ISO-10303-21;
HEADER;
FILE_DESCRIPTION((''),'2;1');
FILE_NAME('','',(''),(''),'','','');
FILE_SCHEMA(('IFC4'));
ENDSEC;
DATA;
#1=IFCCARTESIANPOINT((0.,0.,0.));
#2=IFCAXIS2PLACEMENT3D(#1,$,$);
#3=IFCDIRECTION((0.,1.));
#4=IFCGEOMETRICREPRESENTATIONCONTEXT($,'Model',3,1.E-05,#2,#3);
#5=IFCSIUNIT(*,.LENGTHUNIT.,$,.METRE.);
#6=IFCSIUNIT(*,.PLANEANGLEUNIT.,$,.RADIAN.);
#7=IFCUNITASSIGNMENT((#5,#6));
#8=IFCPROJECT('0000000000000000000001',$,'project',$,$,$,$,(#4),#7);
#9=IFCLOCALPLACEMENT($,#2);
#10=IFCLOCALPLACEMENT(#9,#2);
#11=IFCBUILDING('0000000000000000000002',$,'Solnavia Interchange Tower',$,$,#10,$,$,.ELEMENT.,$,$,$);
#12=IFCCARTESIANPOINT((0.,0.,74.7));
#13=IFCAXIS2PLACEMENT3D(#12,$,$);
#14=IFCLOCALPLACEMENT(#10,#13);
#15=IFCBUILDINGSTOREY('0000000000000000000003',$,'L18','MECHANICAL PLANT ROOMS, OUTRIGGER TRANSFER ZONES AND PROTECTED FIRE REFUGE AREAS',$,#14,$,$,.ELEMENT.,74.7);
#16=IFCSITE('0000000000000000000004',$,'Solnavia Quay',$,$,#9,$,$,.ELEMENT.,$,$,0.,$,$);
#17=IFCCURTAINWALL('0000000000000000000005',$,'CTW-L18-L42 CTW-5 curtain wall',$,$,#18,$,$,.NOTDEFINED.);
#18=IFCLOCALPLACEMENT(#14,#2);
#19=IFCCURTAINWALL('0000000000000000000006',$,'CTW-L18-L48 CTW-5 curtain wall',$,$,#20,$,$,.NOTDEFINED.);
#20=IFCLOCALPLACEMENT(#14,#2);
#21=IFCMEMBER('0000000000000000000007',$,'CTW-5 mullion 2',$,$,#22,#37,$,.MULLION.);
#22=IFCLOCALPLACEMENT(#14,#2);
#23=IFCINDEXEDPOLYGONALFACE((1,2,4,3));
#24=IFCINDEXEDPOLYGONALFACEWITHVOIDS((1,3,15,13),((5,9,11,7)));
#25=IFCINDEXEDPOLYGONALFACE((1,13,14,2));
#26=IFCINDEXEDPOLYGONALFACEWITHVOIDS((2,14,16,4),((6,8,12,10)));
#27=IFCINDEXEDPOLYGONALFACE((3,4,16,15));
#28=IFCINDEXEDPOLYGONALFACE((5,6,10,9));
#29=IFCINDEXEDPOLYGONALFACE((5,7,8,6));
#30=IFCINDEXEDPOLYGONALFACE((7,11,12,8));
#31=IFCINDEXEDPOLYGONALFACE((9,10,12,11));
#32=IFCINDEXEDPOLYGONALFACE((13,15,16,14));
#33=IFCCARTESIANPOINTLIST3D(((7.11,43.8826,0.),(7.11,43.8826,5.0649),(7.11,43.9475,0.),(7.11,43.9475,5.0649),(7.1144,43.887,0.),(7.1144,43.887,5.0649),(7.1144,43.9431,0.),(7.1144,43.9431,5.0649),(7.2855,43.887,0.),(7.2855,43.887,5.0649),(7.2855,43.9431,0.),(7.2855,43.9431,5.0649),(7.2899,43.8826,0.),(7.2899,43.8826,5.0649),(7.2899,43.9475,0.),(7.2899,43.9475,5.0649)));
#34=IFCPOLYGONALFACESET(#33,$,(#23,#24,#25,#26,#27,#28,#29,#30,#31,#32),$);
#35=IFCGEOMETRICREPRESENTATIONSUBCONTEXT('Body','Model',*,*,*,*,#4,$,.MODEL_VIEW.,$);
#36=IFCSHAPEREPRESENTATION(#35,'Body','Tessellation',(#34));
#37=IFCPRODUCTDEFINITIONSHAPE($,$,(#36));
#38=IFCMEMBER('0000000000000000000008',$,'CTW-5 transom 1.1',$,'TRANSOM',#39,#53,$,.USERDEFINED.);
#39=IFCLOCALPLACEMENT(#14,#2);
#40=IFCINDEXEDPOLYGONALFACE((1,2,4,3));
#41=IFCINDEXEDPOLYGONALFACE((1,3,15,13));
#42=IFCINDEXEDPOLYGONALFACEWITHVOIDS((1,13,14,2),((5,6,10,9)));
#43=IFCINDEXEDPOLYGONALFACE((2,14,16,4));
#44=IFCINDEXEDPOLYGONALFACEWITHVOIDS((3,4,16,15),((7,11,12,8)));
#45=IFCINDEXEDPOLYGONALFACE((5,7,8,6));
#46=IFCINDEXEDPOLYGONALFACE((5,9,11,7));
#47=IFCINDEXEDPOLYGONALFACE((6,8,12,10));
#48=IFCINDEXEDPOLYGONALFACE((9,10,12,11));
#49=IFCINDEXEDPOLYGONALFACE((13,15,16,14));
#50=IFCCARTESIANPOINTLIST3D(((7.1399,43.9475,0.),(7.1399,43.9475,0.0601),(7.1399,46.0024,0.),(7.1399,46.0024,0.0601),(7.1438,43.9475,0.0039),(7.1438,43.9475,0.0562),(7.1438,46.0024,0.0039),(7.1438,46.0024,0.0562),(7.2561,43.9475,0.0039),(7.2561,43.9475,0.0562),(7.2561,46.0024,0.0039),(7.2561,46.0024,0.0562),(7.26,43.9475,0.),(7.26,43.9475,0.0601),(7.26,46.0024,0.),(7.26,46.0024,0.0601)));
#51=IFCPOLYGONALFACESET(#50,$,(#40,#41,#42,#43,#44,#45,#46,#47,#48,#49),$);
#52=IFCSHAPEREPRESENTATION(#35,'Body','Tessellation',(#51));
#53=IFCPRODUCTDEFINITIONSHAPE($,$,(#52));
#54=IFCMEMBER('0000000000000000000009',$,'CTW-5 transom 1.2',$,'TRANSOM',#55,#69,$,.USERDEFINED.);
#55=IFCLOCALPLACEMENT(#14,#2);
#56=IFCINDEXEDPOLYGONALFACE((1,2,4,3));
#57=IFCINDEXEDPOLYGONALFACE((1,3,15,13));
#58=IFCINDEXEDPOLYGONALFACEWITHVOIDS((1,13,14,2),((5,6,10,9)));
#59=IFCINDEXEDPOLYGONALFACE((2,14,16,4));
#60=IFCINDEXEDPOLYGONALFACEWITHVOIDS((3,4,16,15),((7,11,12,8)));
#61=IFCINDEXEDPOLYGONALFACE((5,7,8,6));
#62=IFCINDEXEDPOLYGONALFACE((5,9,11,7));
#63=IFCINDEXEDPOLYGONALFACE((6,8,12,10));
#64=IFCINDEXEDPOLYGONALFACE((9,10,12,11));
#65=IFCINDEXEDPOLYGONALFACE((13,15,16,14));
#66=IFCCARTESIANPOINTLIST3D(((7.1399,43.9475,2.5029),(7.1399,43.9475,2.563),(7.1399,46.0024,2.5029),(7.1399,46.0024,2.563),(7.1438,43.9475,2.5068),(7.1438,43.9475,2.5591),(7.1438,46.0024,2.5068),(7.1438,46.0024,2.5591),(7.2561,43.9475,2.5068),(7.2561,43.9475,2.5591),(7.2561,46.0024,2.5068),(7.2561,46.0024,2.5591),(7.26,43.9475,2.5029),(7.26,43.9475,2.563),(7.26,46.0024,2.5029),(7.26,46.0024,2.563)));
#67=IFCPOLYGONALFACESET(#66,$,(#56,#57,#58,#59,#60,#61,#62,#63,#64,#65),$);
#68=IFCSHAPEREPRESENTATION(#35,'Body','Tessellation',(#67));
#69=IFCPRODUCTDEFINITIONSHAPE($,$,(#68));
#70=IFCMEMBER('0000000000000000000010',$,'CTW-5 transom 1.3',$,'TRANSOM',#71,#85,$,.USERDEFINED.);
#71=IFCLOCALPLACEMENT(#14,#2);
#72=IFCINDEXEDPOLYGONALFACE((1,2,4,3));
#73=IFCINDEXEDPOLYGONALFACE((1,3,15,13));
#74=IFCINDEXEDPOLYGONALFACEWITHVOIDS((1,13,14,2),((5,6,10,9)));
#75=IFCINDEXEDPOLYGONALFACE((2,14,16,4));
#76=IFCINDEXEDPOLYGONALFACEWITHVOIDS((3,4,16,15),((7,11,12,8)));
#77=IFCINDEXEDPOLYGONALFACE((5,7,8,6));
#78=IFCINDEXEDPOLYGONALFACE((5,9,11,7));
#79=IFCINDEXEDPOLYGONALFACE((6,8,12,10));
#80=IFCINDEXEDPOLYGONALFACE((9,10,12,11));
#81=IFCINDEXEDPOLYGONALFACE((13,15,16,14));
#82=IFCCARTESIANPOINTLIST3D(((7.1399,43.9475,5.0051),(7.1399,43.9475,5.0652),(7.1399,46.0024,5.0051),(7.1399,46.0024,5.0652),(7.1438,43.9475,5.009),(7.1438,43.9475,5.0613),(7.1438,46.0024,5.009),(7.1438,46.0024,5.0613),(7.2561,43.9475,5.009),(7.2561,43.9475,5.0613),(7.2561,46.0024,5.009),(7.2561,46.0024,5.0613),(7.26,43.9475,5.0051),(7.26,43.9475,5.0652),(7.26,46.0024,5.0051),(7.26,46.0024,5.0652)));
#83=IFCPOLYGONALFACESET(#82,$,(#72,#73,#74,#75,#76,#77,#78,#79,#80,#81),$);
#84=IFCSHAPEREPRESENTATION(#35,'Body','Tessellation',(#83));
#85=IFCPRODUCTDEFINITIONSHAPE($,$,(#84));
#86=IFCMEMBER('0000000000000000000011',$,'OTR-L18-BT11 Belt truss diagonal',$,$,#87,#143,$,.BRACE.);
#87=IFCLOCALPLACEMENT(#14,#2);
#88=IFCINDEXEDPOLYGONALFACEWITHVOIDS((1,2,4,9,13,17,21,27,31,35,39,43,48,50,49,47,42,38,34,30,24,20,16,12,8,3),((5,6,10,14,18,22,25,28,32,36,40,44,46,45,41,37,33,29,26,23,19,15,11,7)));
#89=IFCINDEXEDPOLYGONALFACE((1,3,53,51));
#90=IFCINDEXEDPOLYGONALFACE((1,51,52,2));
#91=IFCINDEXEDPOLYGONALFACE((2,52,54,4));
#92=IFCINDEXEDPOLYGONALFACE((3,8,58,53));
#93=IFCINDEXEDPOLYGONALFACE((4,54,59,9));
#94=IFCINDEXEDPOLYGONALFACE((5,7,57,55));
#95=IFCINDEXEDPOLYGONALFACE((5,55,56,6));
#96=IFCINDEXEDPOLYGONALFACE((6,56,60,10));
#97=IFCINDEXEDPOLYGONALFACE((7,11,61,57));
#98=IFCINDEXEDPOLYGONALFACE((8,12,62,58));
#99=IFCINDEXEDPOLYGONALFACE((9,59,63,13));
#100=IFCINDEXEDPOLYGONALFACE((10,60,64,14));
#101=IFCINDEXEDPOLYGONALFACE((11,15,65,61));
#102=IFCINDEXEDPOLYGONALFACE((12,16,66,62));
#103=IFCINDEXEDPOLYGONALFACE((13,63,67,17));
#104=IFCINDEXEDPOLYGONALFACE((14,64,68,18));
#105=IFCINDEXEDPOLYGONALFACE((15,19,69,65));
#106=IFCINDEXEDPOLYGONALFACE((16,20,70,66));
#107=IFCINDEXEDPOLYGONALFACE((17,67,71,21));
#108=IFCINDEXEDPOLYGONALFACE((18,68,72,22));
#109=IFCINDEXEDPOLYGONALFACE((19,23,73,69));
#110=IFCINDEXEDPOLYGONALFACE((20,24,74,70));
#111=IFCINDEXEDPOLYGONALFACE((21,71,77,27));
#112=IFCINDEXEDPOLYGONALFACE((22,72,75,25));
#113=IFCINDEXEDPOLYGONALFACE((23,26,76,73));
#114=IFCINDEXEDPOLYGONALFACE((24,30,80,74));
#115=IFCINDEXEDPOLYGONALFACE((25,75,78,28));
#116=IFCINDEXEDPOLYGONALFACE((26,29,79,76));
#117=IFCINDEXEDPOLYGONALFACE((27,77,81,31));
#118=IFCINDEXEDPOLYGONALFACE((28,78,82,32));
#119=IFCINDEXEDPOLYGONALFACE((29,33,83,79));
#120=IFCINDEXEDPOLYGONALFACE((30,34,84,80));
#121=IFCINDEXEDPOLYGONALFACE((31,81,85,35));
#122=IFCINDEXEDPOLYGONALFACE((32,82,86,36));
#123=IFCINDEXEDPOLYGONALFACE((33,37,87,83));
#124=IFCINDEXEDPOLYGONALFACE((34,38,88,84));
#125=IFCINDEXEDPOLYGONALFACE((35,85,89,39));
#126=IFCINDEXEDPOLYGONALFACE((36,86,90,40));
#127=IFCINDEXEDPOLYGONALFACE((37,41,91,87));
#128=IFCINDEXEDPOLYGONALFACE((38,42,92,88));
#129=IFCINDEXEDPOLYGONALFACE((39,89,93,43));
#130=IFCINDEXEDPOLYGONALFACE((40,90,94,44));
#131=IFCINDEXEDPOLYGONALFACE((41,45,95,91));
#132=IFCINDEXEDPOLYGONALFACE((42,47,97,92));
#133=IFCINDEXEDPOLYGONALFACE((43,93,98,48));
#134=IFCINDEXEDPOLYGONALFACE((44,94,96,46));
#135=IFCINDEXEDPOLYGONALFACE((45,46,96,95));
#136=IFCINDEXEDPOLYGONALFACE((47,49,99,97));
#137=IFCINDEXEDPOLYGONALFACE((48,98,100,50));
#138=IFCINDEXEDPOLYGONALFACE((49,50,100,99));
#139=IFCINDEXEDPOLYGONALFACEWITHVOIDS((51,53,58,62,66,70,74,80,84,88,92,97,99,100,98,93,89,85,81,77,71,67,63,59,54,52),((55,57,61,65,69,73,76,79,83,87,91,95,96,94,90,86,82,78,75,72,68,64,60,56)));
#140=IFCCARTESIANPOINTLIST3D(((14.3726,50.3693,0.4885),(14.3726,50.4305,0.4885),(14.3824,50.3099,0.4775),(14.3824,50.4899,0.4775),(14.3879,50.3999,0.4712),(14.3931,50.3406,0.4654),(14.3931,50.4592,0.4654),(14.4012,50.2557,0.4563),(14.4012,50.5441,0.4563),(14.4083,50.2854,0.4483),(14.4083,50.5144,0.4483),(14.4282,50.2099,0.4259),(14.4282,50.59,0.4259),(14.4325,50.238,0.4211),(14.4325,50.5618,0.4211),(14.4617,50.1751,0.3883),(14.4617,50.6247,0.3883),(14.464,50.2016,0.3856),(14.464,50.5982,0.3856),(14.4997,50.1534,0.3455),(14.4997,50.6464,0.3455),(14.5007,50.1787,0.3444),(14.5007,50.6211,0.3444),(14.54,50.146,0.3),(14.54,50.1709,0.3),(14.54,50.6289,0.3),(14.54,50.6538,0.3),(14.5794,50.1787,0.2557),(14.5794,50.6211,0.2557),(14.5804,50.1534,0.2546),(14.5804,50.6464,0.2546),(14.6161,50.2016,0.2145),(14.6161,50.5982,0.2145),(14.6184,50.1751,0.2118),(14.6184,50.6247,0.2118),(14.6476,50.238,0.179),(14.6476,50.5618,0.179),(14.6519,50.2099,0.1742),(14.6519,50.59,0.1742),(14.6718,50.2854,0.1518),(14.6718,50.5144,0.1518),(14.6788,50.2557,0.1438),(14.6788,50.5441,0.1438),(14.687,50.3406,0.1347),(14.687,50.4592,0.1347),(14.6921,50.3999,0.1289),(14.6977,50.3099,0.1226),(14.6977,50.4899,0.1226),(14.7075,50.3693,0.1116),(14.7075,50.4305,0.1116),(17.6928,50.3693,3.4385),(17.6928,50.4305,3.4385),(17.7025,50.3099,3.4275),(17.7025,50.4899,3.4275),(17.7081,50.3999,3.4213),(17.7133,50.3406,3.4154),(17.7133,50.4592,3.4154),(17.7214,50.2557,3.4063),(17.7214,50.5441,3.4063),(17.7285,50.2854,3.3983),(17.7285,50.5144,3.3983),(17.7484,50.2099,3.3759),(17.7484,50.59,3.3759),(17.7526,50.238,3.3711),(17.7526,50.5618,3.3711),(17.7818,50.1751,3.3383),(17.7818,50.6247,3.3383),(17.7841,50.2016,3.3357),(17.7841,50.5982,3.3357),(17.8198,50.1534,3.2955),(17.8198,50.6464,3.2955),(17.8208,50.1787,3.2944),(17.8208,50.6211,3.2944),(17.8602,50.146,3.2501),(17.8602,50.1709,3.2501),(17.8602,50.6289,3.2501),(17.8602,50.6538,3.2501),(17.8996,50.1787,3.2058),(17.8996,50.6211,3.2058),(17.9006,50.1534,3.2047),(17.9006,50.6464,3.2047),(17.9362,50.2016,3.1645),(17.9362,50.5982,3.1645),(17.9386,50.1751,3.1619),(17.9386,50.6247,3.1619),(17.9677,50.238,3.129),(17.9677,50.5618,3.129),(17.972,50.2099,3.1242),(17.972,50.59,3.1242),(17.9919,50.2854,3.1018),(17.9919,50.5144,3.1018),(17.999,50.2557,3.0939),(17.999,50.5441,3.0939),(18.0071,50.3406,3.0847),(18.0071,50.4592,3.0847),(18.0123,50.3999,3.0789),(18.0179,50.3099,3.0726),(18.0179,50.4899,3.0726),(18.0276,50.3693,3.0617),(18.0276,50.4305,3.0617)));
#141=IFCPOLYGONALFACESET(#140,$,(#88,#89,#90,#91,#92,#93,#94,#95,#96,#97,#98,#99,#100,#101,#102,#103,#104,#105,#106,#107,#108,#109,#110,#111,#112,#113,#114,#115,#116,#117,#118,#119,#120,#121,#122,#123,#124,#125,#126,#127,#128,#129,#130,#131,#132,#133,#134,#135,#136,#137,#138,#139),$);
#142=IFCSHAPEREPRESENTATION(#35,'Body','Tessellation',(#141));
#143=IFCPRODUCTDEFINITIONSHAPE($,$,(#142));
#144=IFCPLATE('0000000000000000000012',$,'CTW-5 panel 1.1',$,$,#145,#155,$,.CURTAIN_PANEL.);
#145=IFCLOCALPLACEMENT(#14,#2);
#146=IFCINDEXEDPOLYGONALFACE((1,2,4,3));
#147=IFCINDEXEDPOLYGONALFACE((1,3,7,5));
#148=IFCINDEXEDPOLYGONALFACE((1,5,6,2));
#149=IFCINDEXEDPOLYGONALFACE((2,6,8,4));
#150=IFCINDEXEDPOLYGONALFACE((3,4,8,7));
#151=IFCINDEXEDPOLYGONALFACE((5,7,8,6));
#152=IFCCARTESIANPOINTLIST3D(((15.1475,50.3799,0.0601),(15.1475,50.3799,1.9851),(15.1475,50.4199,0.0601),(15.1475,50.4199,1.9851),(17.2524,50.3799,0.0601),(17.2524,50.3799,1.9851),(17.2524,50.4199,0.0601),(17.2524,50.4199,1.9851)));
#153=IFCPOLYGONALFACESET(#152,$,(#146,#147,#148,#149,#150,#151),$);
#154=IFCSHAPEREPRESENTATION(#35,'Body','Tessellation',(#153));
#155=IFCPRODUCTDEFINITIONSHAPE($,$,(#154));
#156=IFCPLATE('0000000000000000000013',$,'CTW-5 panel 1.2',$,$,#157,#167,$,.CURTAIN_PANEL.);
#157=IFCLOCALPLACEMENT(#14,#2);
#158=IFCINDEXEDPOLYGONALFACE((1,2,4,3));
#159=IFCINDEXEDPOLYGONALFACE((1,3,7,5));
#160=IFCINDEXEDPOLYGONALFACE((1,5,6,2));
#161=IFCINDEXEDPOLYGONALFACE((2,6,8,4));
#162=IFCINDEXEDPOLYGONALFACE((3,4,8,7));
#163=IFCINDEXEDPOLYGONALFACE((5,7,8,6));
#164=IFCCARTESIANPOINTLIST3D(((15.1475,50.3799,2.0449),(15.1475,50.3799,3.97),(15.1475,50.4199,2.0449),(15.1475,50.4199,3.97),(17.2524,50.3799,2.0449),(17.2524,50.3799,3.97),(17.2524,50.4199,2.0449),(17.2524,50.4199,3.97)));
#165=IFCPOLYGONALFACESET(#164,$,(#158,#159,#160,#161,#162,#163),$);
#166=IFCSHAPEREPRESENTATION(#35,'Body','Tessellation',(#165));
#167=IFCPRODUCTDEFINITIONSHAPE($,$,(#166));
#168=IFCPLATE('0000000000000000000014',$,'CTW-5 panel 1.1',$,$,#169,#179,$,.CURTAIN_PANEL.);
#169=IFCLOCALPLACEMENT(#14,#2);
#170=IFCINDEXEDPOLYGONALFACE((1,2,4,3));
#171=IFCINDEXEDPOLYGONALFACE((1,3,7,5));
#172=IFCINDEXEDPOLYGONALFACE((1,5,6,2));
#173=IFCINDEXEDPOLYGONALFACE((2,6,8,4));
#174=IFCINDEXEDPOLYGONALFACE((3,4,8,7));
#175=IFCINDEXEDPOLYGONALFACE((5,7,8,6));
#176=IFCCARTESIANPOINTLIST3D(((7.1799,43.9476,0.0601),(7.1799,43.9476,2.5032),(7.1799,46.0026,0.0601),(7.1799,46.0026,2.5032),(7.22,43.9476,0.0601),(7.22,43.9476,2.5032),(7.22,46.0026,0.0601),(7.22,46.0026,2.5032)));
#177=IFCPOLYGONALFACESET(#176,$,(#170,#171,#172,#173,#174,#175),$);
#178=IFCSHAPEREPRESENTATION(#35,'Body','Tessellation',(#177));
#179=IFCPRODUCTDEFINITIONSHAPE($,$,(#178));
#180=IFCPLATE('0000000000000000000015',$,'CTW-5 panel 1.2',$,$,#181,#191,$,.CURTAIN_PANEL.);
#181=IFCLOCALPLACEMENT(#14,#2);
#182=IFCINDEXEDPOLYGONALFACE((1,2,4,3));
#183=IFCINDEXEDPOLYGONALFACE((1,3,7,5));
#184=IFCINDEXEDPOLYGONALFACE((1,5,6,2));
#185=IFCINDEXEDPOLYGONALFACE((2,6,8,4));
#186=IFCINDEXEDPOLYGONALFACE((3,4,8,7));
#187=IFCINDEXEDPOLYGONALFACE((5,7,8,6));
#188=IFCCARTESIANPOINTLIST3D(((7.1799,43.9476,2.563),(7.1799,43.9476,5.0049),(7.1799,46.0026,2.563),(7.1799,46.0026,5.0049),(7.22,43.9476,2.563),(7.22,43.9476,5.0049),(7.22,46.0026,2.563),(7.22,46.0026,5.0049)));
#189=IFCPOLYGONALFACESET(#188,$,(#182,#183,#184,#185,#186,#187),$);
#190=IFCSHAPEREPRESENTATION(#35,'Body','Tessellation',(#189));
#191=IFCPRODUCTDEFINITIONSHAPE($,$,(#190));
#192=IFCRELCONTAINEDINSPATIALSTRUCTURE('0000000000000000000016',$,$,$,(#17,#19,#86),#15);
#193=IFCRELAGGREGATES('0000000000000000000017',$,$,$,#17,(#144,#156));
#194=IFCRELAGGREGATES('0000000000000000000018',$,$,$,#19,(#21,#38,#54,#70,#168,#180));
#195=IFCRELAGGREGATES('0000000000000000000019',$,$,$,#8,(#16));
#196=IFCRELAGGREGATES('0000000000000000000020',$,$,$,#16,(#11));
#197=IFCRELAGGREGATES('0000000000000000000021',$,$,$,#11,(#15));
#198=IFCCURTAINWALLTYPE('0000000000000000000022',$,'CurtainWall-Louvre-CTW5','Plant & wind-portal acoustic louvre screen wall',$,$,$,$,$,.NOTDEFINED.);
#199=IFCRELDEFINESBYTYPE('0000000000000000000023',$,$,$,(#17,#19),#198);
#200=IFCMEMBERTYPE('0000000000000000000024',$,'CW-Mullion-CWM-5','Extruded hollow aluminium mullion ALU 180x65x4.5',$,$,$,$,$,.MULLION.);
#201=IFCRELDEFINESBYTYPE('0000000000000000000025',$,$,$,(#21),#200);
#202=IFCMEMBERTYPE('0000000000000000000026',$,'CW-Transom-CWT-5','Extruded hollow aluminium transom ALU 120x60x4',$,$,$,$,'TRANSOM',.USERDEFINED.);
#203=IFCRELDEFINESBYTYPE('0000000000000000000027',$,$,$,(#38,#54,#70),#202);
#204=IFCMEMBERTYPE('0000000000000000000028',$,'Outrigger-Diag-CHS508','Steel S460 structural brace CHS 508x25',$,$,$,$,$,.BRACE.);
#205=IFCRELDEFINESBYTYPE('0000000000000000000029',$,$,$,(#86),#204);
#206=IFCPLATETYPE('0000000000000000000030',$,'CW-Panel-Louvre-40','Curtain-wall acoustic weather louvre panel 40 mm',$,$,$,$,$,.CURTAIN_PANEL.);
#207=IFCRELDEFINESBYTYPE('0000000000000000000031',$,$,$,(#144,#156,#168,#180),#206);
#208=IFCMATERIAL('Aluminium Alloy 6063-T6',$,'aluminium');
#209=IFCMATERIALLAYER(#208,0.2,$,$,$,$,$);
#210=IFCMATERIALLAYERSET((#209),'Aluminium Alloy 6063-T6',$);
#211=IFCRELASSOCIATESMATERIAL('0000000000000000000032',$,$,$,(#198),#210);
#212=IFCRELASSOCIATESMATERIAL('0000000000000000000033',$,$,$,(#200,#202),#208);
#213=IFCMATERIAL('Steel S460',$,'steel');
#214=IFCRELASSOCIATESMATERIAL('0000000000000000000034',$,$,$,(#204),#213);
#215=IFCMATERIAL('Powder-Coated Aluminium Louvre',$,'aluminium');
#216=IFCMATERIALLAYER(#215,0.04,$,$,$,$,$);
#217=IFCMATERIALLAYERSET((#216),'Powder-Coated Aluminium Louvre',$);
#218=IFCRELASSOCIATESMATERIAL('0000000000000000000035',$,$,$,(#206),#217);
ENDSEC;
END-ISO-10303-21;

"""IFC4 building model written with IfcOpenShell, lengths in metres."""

from ifc_helpers import new_model, si_unit, direction, frame, origin, origin_2d, place, context, subcontext, project, spatial, rectangle, hollow_rectangle, hollow_circle, extrude, material, layer, layer_set, material_profile, profile_set, type_object, element, aggregate, save


model = new_model("IFC4")

# Units and contexts
model_context = context("Model", 3, precision=1e-05, world=origin(), true_north=direction((0.0, 1.0)))
body_context = subcontext(model_context, "Body", "Model", "MODEL_VIEW")
ifc_project = project(units=[si_unit("LENGTHUNIT", "METRE"), si_unit("PLANEANGLEUNIT", "RADIAN")], contexts=[model_context])

# Site, building, storey
site_placement = place(None, origin())
site = spatial("IfcSite", under=ifc_project, at=site_placement, Name="Solnavia Quay", CompositionType="ELEMENT", RefElevation=0.0)
building_placement = place(site_placement, origin())
building = spatial("IfcBuilding", under=site, at=building_placement, Name="Solnavia Interchange Tower", CompositionType="ELEMENT")
storey_placement = place(building_placement, frame((0.0, 0.0, 74.7)))
storey = spatial("IfcBuildingStorey", under=building, at=storey_placement, Name="L18", Description="MECHANICAL PLANT ROOMS, OUTRIGGER TRANSFER ZONES AND PROTECTED FIRE REFUGE AREAS", CompositionType="ELEMENT", Elevation=74.7)

# Shared definitions
ifc_material_1 = material(Name="Steel S460", Category="steel")

# Curtain wall
ifc_material_2 = material(Name="Aluminium Alloy 6063-T6", Category="aluminium")
ifc_layer_1 = layer(ifc_material_2, 0.2)
ifc_layer_set_1 = layer_set([ifc_layer_1], Name="Aluminium Alloy 6063-T6")
curtain_wall_type = type_object("IfcCurtainWallType", Name="CurtainWall-Louvre-CTW5", Description="Plant & wind-portal acoustic louvre screen wall", PredefinedType="NOTDEFINED", material=ifc_layer_set_1)
curtain_wall_1_placement = place(storey_placement, origin())
curtain_wall_1 = element("IfcCurtainWall", 1, at=curtain_wall_1_placement, inside=storey, type_object=curtain_wall_type, Name="CTW-L18-L42 CTW-5 curtain wall", PredefinedType="NOTDEFINED")
ifc_material_profile_1 = material_profile(ifc_material_2, hollow_rectangle(XDim=0.0649, YDim=0.1799, WallThickness=0.0044, at=origin_2d()), Name="ALU 180x65x4.5")
ifc_profile_set_1 = profile_set([ifc_material_profile_1], Name="Aluminium Alloy 6063-T6")
member_type_1 = type_object("IfcMemberType", Name="CW-Mullion-CWM-5", Description="Extruded hollow aluminium mullion ALU 180x65x4.5", PredefinedType="MULLION", material=ifc_profile_set_1)

# Curtain wall, members
curtain_wall_2_placement = place(storey_placement, origin())
curtain_wall_2 = element("IfcCurtainWall", 2, at=curtain_wall_2_placement, inside=storey, type_object=curtain_wall_type, Name="CTW-L18-L48 CTW-5 curtain wall", PredefinedType="NOTDEFINED")
member_1_placement = place(storey_placement, frame((7.2, 43.915, 0.0), z_axis=(0.0, 0.0, 1.0), x_axis=(0.0, -1.0, 0.0)))
member_1 = element("IfcMember", 3, at=member_1_placement, type_object=member_type_1, Name="CTW-5 mullion 2", PredefinedType="MULLION", context=body_context, shape_type="SweptSolid", body=[
    extrude(hollow_rectangle(XDim=0.0649, YDim=0.1799, WallThickness=0.0044, at=origin_2d()), origin(), (0.0, 0.0, 1.0), 5.0649),
])
ifc_material_profile_2 = material_profile(ifc_material_2, hollow_rectangle(XDim=0.0601, YDim=0.1201, WallThickness=0.0039, at=origin_2d()), Name="ALU 120x60x4")
ifc_profile_set_2 = profile_set([ifc_material_profile_2], Name="Aluminium Alloy 6063-T6")
member_type_2 = type_object("IfcMemberType", Name="CW-Transom-CWT-5", Description="Extruded hollow aluminium transom ALU 120x60x4", ElementType="TRANSOM", PredefinedType="USERDEFINED", material=ifc_profile_set_2)
member_2_placement = place(storey_placement, frame((7.2, 46.0024, 0.03), z_axis=(0.0, -1.0, 0.0), x_axis=(0.0, 0.0, 1.0)))
member_2 = element("IfcMember", 4, at=member_2_placement, type_object=member_type_2, Name="CTW-5 transom 1.1", ObjectType="TRANSOM", PredefinedType="USERDEFINED", context=body_context, shape_type="SweptSolid", body=[
    extrude(hollow_rectangle(XDim=0.0601, YDim=0.1201, WallThickness=0.0039, at=origin_2d()), origin(), (0.0, 0.0, 1.0), 2.0549),
])
member_3_placement = place(storey_placement, frame((7.2, 46.0024, 2.533), z_axis=(0.0, -1.0, 0.0), x_axis=(0.0, 0.0, 1.0)))
member_3 = element("IfcMember", 5, at=member_3_placement, type_object=member_type_2, Name="CTW-5 transom 1.2", ObjectType="TRANSOM", PredefinedType="USERDEFINED", context=body_context, shape_type="SweptSolid", body=[
    extrude(hollow_rectangle(XDim=0.0601, YDim=0.1201, WallThickness=0.0039, at=origin_2d()), origin(), (0.0, 0.0, 1.0), 2.0549),
])
member_4_placement = place(storey_placement, frame((7.2, 46.0024, 5.0352), z_axis=(0.0, -1.0, 0.0), x_axis=(0.0, 0.0, 1.0)))
member_4 = element("IfcMember", 6, at=member_4_placement, type_object=member_type_2, Name="CTW-5 transom 1.3", ObjectType="TRANSOM", PredefinedType="USERDEFINED", context=body_context, shape_type="SweptSolid", body=[
    extrude(hollow_rectangle(XDim=0.0601, YDim=0.1201, WallThickness=0.0039, at=origin_2d()), origin(), (0.0, 0.0, 1.0), 2.0549),
])

# Member
ifc_material_profile_3 = material_profile(ifc_material_1, hollow_circle(Radius=0.2539, WallThickness=0.0249, at=origin_2d()), Name="CHS 508x25")
ifc_profile_set_3 = profile_set([ifc_material_profile_3], Name="Steel S460")
member_type_3 = type_object("IfcMemberType", Name="Outrigger-Diag-CHS508", Description="Steel S460 structural brace CHS 508x25", PredefinedType="BRACE", material=ifc_profile_set_3)
member_5_placement = place(storey_placement, frame((14.54, 50.3999, 0.3), z_axis=(0.747546, 0.0, 0.66421), x_axis=(0.0, 1.0, 0.0)))
element("IfcMember", 7, at=member_5_placement, inside=storey, type_object=member_type_3, Name="OTR-L18-BT11 Belt truss diagonal", PredefinedType="BRACE", context=body_context, shape_type="SweptSolid", body=[
    extrude(hollow_circle(Radius=0.2539, WallThickness=0.0249, at=origin_2d()), origin(), (0.0, 0.0, 1.0), 4.4414),
])

# Plates
ifc_material_3 = material(Name="Powder-Coated Aluminium Louvre", Category="aluminium")
ifc_layer_2 = layer(ifc_material_3, 0.04)
ifc_layer_set_2 = layer_set([ifc_layer_2], Name="Powder-Coated Aluminium Louvre")
plate_type_1 = type_object("IfcPlateType", Name="CW-Panel-Louvre-40", Description="Curtain-wall acoustic weather louvre panel 40 mm", PredefinedType="CURTAIN_PANEL", material=ifc_layer_set_2)
plate_1_placement = place(storey_placement, frame((16.2, 50.3999, 0.0601), z_axis=(0.0, 0.0, 1.0), x_axis=(-1.0, 0.0, 0.0)))
plate_1 = element("IfcPlate", 8, at=plate_1_placement, type_object=plate_type_1, Name="CTW-5 panel 1.1", PredefinedType="CURTAIN_PANEL", context=body_context, shape_type="SweptSolid", body=[
    extrude(rectangle(XDim=2.105, YDim=0.04, at=origin_2d()), origin(), (0.0, 0.0, 1.0), 1.925),
])
plate_2_placement = place(storey_placement, frame((16.2, 50.3999, 2.0449), z_axis=(0.0, 0.0, 1.0), x_axis=(-1.0, 0.0, 0.0)))
plate_2 = element("IfcPlate", 9, at=plate_2_placement, type_object=plate_type_1, Name="CTW-5 panel 1.2", PredefinedType="CURTAIN_PANEL", context=body_context, shape_type="SweptSolid", body=[
    extrude(rectangle(XDim=2.105, YDim=0.04, at=origin_2d()), origin(), (0.0, 0.0, 1.0), 1.925),
])
aggregate(curtain_wall_1, [plate_1, plate_2])
plate_3_placement = place(storey_placement, frame((7.2, 44.9751, 0.0601), z_axis=(0.0, 0.0, 1.0), x_axis=(0.0, -1.0, 0.0)))
plate_3 = element("IfcPlate", 10, at=plate_3_placement, type_object=plate_type_1, Name="CTW-5 panel 1.1", PredefinedType="CURTAIN_PANEL", context=body_context, shape_type="SweptSolid", body=[
    extrude(rectangle(XDim=2.0549, YDim=0.04, at=origin_2d()), origin(), (0.0, 0.0, 1.0), 2.4431),
])
plate_4_placement = place(storey_placement, frame((7.2, 44.9751, 2.563), z_axis=(0.0, 0.0, 1.0), x_axis=(0.0, -1.0, 0.0)))
plate_4 = element("IfcPlate", 11, at=plate_4_placement, type_object=plate_type_1, Name="CTW-5 panel 1.2", PredefinedType="CURTAIN_PANEL", context=body_context, shape_type="SweptSolid", body=[
    extrude(rectangle(XDim=2.0549, YDim=0.04, at=origin_2d()), origin(), (0.0, 0.0, 1.0), 2.4419),
])
aggregate(curtain_wall_2, [member_1, member_2, member_3, member_4, plate_3, plate_4])

save(model, "model.ifc")
